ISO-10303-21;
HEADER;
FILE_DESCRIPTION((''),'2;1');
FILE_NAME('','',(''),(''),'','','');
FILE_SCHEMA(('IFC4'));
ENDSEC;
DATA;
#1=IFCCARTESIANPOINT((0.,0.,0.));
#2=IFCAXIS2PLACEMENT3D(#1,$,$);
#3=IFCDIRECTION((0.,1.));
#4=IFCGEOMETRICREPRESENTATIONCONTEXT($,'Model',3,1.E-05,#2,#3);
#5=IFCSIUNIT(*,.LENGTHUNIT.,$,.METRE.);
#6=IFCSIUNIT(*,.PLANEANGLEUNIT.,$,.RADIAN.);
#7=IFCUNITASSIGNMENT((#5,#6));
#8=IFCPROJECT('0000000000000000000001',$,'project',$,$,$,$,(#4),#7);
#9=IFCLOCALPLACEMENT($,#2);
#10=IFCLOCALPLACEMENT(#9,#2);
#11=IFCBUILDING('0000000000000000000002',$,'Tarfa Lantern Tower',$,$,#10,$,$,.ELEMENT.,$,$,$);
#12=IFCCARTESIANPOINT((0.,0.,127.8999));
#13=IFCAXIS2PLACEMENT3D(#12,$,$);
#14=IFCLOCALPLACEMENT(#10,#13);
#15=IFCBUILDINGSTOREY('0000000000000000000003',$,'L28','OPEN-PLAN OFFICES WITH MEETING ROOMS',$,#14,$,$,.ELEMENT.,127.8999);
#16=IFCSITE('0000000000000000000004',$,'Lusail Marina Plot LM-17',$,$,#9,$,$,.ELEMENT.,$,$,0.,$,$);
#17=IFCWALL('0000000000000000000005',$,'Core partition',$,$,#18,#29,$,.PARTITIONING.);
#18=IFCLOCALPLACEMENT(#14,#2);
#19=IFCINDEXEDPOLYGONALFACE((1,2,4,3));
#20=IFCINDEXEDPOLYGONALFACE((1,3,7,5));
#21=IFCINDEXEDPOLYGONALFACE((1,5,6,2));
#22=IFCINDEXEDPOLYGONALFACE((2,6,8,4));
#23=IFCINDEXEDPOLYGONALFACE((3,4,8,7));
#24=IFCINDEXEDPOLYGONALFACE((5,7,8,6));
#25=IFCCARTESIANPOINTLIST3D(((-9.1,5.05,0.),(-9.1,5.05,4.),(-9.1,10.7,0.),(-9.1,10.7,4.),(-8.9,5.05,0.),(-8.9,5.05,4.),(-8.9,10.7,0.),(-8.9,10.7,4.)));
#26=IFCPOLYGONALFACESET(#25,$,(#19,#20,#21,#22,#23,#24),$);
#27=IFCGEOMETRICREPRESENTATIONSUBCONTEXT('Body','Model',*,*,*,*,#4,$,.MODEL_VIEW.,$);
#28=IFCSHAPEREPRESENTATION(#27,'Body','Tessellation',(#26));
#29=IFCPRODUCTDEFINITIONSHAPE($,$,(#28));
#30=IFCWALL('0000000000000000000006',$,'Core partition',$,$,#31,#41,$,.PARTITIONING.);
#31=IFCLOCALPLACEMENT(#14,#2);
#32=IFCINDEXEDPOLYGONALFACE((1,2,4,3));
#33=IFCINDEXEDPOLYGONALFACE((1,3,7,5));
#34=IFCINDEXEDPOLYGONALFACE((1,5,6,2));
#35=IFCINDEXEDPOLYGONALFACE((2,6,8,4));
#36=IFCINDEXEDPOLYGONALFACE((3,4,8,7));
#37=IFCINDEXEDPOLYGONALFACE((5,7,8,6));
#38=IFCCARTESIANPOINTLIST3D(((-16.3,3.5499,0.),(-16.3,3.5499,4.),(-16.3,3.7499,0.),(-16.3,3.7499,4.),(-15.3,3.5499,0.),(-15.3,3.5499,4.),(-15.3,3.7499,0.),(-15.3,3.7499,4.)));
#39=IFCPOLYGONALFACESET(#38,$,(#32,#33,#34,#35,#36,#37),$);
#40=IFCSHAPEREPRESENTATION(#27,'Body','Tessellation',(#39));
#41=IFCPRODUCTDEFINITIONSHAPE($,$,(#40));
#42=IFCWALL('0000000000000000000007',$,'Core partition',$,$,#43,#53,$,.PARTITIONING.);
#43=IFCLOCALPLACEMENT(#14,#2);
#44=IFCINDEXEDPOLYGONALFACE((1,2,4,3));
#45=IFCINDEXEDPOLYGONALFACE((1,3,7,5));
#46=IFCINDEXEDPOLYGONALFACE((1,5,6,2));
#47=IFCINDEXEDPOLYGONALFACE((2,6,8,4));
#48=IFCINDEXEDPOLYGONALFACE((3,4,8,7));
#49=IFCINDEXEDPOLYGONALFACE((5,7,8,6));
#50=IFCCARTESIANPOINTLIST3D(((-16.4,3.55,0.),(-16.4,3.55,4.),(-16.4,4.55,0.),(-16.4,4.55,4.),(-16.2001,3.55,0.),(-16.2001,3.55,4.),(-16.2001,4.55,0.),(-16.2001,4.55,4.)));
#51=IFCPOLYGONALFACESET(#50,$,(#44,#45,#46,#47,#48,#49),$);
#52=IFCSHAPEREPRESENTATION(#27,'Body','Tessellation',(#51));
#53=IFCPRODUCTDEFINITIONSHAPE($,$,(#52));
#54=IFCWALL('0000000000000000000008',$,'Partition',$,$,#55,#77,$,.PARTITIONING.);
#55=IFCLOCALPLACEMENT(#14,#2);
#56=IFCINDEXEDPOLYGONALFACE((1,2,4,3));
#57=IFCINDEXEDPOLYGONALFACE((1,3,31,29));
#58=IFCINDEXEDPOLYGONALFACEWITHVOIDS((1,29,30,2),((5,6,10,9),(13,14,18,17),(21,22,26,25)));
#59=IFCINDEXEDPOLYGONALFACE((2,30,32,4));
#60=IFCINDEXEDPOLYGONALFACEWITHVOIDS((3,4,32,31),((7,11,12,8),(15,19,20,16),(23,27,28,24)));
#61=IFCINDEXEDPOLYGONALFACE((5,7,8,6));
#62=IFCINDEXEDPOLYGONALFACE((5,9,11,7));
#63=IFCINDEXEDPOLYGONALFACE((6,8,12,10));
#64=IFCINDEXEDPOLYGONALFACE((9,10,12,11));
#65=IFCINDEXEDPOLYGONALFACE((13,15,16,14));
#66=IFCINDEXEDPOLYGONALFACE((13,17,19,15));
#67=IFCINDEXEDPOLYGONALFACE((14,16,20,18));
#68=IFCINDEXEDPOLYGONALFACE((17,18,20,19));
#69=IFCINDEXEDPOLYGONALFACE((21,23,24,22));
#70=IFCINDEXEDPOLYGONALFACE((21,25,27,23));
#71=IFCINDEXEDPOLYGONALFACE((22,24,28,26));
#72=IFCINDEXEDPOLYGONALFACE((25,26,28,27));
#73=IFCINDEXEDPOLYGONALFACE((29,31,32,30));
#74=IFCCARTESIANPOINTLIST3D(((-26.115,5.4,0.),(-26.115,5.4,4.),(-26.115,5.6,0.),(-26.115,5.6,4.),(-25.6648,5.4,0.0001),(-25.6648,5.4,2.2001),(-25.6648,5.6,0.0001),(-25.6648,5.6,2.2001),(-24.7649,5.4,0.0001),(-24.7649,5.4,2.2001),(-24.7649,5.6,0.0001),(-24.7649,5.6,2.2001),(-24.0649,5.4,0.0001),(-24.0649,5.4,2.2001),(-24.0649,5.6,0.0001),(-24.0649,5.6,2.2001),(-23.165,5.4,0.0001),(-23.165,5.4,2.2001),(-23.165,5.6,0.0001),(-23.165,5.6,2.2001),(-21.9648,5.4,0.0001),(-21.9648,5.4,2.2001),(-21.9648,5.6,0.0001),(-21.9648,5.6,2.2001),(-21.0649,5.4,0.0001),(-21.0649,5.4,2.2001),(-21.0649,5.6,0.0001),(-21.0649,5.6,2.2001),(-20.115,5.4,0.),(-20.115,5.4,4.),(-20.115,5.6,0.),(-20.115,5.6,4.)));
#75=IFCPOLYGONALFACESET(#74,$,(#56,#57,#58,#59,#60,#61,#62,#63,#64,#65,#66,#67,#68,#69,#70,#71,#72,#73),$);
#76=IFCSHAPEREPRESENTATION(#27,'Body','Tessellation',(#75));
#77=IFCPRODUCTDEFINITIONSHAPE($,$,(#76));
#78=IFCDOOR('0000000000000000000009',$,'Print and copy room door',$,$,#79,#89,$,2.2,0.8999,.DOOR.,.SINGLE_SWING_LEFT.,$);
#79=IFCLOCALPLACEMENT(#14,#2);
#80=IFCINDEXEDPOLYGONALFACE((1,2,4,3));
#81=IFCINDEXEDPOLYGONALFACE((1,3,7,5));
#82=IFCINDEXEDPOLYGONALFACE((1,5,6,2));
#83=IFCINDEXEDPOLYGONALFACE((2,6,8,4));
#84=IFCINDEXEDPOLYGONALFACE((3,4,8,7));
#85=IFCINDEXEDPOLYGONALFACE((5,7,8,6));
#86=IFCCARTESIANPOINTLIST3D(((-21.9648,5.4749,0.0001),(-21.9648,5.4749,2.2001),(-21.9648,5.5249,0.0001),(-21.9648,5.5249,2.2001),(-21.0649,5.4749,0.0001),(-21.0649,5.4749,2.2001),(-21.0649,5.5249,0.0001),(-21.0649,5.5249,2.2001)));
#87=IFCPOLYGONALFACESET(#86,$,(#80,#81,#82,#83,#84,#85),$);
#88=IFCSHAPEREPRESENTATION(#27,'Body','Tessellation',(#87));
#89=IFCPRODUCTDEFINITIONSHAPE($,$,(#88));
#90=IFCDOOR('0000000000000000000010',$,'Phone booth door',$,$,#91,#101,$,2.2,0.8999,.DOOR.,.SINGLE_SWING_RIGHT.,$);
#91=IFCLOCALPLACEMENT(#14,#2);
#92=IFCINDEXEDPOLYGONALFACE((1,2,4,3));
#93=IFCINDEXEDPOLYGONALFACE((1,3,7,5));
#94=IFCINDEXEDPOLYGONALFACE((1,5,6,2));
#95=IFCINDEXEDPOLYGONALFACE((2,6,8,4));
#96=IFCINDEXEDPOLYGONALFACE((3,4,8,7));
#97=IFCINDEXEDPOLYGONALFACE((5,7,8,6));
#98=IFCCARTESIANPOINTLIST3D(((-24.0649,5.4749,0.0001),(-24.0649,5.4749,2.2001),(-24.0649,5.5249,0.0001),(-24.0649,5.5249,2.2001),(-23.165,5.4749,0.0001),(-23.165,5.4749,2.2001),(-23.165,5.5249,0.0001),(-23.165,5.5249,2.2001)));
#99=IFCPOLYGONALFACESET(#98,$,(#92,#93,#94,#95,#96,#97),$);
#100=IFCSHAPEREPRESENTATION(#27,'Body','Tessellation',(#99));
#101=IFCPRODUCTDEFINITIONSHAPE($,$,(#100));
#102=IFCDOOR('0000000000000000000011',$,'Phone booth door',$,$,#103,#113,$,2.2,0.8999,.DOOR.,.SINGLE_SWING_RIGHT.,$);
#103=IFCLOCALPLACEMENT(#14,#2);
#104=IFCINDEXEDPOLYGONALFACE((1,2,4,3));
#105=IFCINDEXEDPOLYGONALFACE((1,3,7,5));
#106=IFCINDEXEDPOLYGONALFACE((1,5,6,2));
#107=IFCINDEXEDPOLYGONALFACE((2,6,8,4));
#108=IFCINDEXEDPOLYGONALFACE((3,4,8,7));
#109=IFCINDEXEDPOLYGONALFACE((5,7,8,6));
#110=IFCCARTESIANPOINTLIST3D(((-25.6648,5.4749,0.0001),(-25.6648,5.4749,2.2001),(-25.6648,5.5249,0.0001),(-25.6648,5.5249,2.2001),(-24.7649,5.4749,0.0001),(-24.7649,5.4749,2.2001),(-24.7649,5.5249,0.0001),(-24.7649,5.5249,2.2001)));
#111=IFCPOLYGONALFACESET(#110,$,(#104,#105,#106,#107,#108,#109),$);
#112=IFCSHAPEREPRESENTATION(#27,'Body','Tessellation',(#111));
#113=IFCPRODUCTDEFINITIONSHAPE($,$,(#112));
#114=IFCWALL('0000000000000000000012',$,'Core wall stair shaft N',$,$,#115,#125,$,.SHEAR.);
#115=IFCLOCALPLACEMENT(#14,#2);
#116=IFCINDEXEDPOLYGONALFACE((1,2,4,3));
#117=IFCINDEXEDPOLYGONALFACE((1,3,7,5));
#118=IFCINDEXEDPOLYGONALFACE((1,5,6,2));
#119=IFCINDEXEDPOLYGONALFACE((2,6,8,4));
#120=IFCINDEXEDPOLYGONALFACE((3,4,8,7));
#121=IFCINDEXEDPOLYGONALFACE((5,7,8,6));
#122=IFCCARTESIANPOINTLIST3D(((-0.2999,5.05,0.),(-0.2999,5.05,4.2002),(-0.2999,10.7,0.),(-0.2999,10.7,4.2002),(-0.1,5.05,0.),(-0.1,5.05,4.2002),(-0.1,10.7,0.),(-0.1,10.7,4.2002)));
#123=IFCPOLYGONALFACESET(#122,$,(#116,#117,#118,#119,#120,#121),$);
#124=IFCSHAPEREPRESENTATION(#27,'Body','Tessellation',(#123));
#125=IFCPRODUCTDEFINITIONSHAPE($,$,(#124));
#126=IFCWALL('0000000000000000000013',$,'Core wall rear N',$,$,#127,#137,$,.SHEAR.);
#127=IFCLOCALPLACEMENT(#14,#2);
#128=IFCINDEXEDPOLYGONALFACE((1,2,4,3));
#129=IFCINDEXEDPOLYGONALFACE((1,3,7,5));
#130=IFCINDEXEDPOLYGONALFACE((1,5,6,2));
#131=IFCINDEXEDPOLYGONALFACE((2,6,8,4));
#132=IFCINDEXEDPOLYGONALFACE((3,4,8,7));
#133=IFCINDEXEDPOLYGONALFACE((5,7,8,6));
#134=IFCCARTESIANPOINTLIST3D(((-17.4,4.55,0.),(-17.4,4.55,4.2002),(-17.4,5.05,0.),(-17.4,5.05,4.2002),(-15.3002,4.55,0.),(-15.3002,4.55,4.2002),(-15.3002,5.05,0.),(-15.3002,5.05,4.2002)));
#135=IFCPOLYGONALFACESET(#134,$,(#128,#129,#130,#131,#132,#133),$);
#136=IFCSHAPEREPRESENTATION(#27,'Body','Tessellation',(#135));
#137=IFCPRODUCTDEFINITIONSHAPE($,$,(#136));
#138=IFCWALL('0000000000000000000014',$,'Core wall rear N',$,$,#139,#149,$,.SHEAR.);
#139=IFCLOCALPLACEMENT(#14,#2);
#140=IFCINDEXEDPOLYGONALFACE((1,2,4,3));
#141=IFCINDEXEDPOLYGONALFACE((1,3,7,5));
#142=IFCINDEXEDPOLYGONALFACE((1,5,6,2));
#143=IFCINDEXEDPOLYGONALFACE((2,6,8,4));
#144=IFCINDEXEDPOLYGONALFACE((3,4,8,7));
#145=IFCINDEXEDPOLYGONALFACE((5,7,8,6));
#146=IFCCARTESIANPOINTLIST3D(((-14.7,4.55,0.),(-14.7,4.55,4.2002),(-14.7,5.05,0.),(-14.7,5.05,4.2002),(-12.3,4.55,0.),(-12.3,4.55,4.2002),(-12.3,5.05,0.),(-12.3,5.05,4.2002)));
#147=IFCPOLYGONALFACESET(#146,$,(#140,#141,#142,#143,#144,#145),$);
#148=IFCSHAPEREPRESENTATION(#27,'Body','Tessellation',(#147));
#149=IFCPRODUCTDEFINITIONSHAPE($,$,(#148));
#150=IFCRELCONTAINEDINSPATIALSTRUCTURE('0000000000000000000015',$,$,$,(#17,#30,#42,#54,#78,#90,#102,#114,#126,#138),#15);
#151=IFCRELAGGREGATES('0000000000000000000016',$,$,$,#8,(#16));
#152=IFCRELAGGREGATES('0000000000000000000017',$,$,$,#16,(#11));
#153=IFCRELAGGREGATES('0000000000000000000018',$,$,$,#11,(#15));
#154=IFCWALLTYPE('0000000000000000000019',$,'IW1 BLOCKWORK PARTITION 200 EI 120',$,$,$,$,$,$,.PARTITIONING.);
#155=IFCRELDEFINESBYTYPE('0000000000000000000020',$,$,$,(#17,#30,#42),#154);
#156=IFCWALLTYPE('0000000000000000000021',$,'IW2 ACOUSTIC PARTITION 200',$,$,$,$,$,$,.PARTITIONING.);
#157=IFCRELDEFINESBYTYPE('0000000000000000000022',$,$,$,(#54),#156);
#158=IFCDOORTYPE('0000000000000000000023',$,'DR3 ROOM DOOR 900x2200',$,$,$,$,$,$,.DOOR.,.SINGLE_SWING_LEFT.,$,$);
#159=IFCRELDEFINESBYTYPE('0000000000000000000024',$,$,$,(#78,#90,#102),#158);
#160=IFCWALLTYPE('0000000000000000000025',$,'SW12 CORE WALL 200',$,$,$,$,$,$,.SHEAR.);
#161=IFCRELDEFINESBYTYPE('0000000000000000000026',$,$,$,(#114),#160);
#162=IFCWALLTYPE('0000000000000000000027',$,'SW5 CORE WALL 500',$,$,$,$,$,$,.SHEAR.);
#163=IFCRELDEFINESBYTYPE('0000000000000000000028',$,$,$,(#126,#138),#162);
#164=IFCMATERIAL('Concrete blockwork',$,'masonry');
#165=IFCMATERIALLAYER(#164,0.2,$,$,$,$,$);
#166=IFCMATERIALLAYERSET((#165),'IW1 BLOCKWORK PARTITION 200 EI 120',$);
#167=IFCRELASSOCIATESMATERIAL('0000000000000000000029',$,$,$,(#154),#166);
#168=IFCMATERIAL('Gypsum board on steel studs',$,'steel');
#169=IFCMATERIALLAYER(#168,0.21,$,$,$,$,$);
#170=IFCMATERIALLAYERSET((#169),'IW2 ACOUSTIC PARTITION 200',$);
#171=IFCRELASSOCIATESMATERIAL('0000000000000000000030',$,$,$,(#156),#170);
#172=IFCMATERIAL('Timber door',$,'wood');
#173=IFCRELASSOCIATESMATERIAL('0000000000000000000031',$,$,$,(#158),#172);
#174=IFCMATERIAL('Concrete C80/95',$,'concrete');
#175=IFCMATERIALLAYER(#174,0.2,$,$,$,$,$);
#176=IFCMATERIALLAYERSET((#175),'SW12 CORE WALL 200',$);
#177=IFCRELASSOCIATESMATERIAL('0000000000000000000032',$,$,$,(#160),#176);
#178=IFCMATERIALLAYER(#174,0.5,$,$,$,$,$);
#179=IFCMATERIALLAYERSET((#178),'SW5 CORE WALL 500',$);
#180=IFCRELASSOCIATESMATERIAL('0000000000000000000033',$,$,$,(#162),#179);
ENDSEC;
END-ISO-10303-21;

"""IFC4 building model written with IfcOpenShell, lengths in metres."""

from ifc_helpers import new_model, si_unit, direction, frame, frame_2d, origin, place, context, subcontext, project, spatial, rectangle, extrude, material, layer, layer_set, type_object, element, fill, save


model = new_model("IFC4")

# Units and contexts
model_context = context("Model", 3, precision=1e-05, world=origin(), true_north=direction((0.0, 1.0)))
body_context = subcontext(model_context, "Body", "Model", "MODEL_VIEW")
ifc_project = project(units=[si_unit("LENGTHUNIT", "METRE"), si_unit("PLANEANGLEUNIT", "RADIAN")], contexts=[model_context])

# Site, building, storey
site_placement = place(None, origin())
site = spatial("IfcSite", under=ifc_project, at=site_placement, Name="Lusail Marina Plot LM-17", CompositionType="ELEMENT", RefElevation=0.0)
building_placement = place(site_placement, origin())
building = spatial("IfcBuilding", under=site, at=building_placement, Name="Tarfa Lantern Tower", CompositionType="ELEMENT")
storey_placement = place(building_placement, frame((0.0, 0.0, 127.8999)))
storey = spatial("IfcBuildingStorey", under=building, at=storey_placement, Name="L28", Description="OPEN-PLAN OFFICES WITH MEETING ROOMS", CompositionType="ELEMENT", Elevation=127.8999)

# Walls
ifc_material_1 = material(Name="Concrete blockwork", Category="masonry")
ifc_layer_1 = layer(ifc_material_1, 0.2)
ifc_layer_set_1 = layer_set([ifc_layer_1], Name="IW1 BLOCKWORK PARTITION 200 EI 120")
wall_type_1 = type_object("IfcWallType", Name="IW1 BLOCKWORK PARTITION 200 EI 120", PredefinedType="PARTITIONING", material=ifc_layer_set_1)
wall_1_placement = place(storey_placement, frame((-9.0, 5.05, 0.0), z_axis=(0.0, 0.0, 1.0), x_axis=(0.0, 1.0, 0.0)))
element("IfcWall", 1, at=wall_1_placement, inside=storey, type_object=wall_type_1, Name="Core partition", PredefinedType="PARTITIONING", context=body_context, shape_type="SweptSolid", body=[
    extrude(rectangle(XDim=5.6499, YDim=0.2, at=frame_2d((2.825, 0.0))), origin(), (0.0, 0.0, 1.0), 4.0),
])
for number, where, z_axis, x_axis, name in (
    (2, (-16.3, 3.6499, 0.0), (0.0, 0.0, 1.0), (1.0, 0.0, 0.0), "Core partition"),
    (3, (-16.3, 3.55, 0.0), (0.0, 0.0, 1.0), (0.0, 1.0, 0.0), "Core partition"),
):
    element("IfcWall", number, at=place(storey_placement, frame(where, z_axis=z_axis, x_axis=x_axis)), inside=storey, type_object=wall_type_1, Name=name, PredefinedType="PARTITIONING", context=body_context, shape_type="SweptSolid", body=[
        extrude(rectangle(XDim=1.0, YDim=0.2, at=frame_2d((0.5, 0.0))), origin(), (0.0, 0.0, 1.0), 4.0),
    ])

# Wall, openings, doors
ifc_material_2 = material(Name="Gypsum board on steel studs", Category="steel")
ifc_layer_2 = layer(ifc_material_2, 0.21)
ifc_layer_set_2 = layer_set([ifc_layer_2], Name="IW2 ACOUSTIC PARTITION 200")
wall_type_2 = type_object("IfcWallType", Name="IW2 ACOUSTIC PARTITION 200", PredefinedType="PARTITIONING", material=ifc_layer_set_2)
wall_2_placement = place(storey_placement, frame((-20.115, 5.5, 0.0), z_axis=(0.0, 0.0, 1.0), x_axis=(-1.0, 0.0, 0.0)))
wall_2 = element("IfcWall", 4, at=wall_2_placement, inside=storey, type_object=wall_type_2, Name="Partition", PredefinedType="PARTITIONING", context=body_context, shape_type="SweptSolid", body=[
    extrude(rectangle(XDim=6.0, YDim=0.2, at=frame_2d((3.0, 0.0))), origin(), (0.0, 0.0, 1.0), 4.0),
])
opening_1_placement = place(wall_2_placement, frame((0.95, 0.0, 0.0)))
opening_1 = element("IfcOpeningElement", 5, at=opening_1_placement, cuts=wall_2, PredefinedType="OPENING", context=body_context, shape_type="SweptSolid", body=[
    extrude(rectangle(XDim=0.8999, YDim=2.2, at=frame_2d((0.45, 1.1001))), frame((0.0, 0.1099, 0.0), z_axis=(0.0, -1.0, 0.0), x_axis=(1.0, 0.0, 0.0)), (0.0, 0.0, 1.0), 0.22),
])
opening_2_placement = place(wall_2_placement, frame((3.05, 0.0, 0.0)))
opening_2 = element("IfcOpeningElement", 6, at=opening_2_placement, cuts=wall_2, PredefinedType="OPENING", context=body_context, shape_type="SweptSolid", body=[
    extrude(rectangle(XDim=0.8999, YDim=2.2, at=frame_2d((0.45, 1.1001))), frame((0.0, 0.1099, 0.0), z_axis=(0.0, -1.0, 0.0), x_axis=(1.0, 0.0, 0.0)), (0.0, 0.0, 1.0), 0.22),
])
opening_3_placement = place(wall_2_placement, frame((4.6499, 0.0, 0.0)))
opening_3 = element("IfcOpeningElement", 7, at=opening_3_placement, cuts=wall_2, PredefinedType="OPENING", context=body_context, shape_type="SweptSolid", body=[
    extrude(rectangle(XDim=0.8999, YDim=2.2, at=frame_2d((0.45, 1.1001))), frame((0.0, 0.1099, 0.0), z_axis=(0.0, -1.0, 0.0), x_axis=(1.0, 0.0, 0.0)), (0.0, 0.0, 1.0), 0.22),
])
ifc_material_3 = material(Name="Timber door", Category="wood")
door_type_1 = type_object("IfcDoorType", Name="DR3 ROOM DOOR 900x2200", OperationType="SINGLE_SWING_LEFT", PredefinedType="DOOR", material=ifc_material_3)
door_1_placement = place(opening_1_placement, frame((0.8999, 0.0, 0.0), z_axis=(0.0, 0.0, 1.0), x_axis=(-1.0, 0.0, 0.0)))
door_1 = element("IfcDoor", 8, at=door_1_placement, inside=storey, type_object=door_type_1, Name="Print and copy room door", OperationType="SINGLE_SWING_LEFT", OverallHeight=2.2, OverallWidth=0.8999, PredefinedType="DOOR", context=body_context, shape_type="SweptSolid", body=[
    extrude(rectangle(XDim=0.8999, YDim=2.2, at=frame_2d((0.45, 1.1001))), frame((0.0, 0.0249, 0.0), z_axis=(0.0, -1.0, 0.0), x_axis=(1.0, 0.0, 0.0)), (0.0, 0.0, 1.0), 0.05),
])
fill(opening_1, door_1)
door_2_placement = place(opening_2_placement, frame((0.8999, 0.0, 0.0), z_axis=(0.0, 0.0, 1.0), x_axis=(-1.0, 0.0, 0.0)))
door_2 = element("IfcDoor", 9, at=door_2_placement, inside=storey, type_object=door_type_1, Name="Phone booth door", OperationType="SINGLE_SWING_RIGHT", OverallHeight=2.2, OverallWidth=0.8999, PredefinedType="DOOR", context=body_context, shape_type="SweptSolid", body=[
    extrude(rectangle(XDim=0.8999, YDim=2.2, at=frame_2d((0.45, 1.1001))), frame((0.0, 0.0249, 0.0), z_axis=(0.0, -1.0, 0.0), x_axis=(1.0, 0.0, 0.0)), (0.0, 0.0, 1.0), 0.05),
])
fill(opening_2, door_2)
door_3_placement = place(opening_3_placement, frame((0.8999, 0.0, 0.0), z_axis=(0.0, 0.0, 1.0), x_axis=(-1.0, 0.0, 0.0)))
door_3 = element("IfcDoor", 10, at=door_3_placement, inside=storey, type_object=door_type_1, Name="Phone booth door", OperationType="SINGLE_SWING_RIGHT", OverallHeight=2.2, OverallWidth=0.8999, PredefinedType="DOOR", context=body_context, shape_type="SweptSolid", body=[
    extrude(rectangle(XDim=0.8999, YDim=2.2, at=frame_2d((0.45, 1.1001))), frame((0.0, 0.0249, 0.0), z_axis=(0.0, -1.0, 0.0), x_axis=(1.0, 0.0, 0.0)), (0.0, 0.0, 1.0), 0.05),
])
fill(opening_3, door_3)

# Walls
ifc_material_4 = material(Name="Concrete C80/95", Category="concrete")
ifc_layer_3 = layer(ifc_material_4, 0.2)
ifc_layer_set_3 = layer_set([ifc_layer_3], Name="SW12 CORE WALL 200")
wall_type_3 = type_object("IfcWallType", Name="SW12 CORE WALL 200", PredefinedType="SHEAR", material=ifc_layer_set_3)
wall_3_placement = place(storey_placement, frame((-0.2, 5.05, 0.0), z_axis=(0.0, 0.0, 1.0), x_axis=(0.0, 1.0, 0.0)))
element("IfcWall", 11, at=wall_3_placement, inside=storey, type_object=wall_type_3, Name="Core wall stair shaft N", PredefinedType="SHEAR", context=body_context, shape_type="SweptSolid", body=[
    extrude(rectangle(XDim=5.6499, YDim=0.2, at=frame_2d((2.825, 0.0))), origin(), (0.0, 0.0, 1.0), 4.2002),
])
ifc_layer_4 = layer(ifc_material_4, 0.5)
ifc_layer_set_4 = layer_set([ifc_layer_4], Name="SW5 CORE WALL 500")
wall_type_4 = type_object("IfcWallType", Name="SW5 CORE WALL 500", PredefinedType="SHEAR", material=ifc_layer_set_4)
wall_4_placement = place(storey_placement, frame((-17.3999, 4.8, 0.0), z_axis=(0.0, 0.0, 1.0), x_axis=(1.0, 0.0, 0.0)))
element("IfcWall", 12, at=wall_4_placement, inside=storey, type_object=wall_type_4, Name="Core wall rear N", PredefinedType="SHEAR", context=body_context, shape_type="SweptSolid", body=[
    extrude(rectangle(XDim=2.0999, YDim=0.5, at=frame_2d((1.0498, 0.0))), origin(), (0.0, 0.0, 1.0), 4.2002),
])
wall_5_placement = place(storey_placement, frame((-14.7, 4.8, 0.0), z_axis=(0.0, 0.0, 1.0), x_axis=(1.0, 0.0, 0.0)))
element("IfcWall", 13, at=wall_5_placement, inside=storey, type_object=wall_type_4, Name="Core wall rear N", PredefinedType="SHEAR", context=body_context, shape_type="SweptSolid", body=[
    extrude(rectangle(XDim=2.3999, YDim=0.5, at=frame_2d((1.2, 0.0))), origin(), (0.0, 0.0, 1.0), 4.2002),
])

save(model, "model.ifc")
